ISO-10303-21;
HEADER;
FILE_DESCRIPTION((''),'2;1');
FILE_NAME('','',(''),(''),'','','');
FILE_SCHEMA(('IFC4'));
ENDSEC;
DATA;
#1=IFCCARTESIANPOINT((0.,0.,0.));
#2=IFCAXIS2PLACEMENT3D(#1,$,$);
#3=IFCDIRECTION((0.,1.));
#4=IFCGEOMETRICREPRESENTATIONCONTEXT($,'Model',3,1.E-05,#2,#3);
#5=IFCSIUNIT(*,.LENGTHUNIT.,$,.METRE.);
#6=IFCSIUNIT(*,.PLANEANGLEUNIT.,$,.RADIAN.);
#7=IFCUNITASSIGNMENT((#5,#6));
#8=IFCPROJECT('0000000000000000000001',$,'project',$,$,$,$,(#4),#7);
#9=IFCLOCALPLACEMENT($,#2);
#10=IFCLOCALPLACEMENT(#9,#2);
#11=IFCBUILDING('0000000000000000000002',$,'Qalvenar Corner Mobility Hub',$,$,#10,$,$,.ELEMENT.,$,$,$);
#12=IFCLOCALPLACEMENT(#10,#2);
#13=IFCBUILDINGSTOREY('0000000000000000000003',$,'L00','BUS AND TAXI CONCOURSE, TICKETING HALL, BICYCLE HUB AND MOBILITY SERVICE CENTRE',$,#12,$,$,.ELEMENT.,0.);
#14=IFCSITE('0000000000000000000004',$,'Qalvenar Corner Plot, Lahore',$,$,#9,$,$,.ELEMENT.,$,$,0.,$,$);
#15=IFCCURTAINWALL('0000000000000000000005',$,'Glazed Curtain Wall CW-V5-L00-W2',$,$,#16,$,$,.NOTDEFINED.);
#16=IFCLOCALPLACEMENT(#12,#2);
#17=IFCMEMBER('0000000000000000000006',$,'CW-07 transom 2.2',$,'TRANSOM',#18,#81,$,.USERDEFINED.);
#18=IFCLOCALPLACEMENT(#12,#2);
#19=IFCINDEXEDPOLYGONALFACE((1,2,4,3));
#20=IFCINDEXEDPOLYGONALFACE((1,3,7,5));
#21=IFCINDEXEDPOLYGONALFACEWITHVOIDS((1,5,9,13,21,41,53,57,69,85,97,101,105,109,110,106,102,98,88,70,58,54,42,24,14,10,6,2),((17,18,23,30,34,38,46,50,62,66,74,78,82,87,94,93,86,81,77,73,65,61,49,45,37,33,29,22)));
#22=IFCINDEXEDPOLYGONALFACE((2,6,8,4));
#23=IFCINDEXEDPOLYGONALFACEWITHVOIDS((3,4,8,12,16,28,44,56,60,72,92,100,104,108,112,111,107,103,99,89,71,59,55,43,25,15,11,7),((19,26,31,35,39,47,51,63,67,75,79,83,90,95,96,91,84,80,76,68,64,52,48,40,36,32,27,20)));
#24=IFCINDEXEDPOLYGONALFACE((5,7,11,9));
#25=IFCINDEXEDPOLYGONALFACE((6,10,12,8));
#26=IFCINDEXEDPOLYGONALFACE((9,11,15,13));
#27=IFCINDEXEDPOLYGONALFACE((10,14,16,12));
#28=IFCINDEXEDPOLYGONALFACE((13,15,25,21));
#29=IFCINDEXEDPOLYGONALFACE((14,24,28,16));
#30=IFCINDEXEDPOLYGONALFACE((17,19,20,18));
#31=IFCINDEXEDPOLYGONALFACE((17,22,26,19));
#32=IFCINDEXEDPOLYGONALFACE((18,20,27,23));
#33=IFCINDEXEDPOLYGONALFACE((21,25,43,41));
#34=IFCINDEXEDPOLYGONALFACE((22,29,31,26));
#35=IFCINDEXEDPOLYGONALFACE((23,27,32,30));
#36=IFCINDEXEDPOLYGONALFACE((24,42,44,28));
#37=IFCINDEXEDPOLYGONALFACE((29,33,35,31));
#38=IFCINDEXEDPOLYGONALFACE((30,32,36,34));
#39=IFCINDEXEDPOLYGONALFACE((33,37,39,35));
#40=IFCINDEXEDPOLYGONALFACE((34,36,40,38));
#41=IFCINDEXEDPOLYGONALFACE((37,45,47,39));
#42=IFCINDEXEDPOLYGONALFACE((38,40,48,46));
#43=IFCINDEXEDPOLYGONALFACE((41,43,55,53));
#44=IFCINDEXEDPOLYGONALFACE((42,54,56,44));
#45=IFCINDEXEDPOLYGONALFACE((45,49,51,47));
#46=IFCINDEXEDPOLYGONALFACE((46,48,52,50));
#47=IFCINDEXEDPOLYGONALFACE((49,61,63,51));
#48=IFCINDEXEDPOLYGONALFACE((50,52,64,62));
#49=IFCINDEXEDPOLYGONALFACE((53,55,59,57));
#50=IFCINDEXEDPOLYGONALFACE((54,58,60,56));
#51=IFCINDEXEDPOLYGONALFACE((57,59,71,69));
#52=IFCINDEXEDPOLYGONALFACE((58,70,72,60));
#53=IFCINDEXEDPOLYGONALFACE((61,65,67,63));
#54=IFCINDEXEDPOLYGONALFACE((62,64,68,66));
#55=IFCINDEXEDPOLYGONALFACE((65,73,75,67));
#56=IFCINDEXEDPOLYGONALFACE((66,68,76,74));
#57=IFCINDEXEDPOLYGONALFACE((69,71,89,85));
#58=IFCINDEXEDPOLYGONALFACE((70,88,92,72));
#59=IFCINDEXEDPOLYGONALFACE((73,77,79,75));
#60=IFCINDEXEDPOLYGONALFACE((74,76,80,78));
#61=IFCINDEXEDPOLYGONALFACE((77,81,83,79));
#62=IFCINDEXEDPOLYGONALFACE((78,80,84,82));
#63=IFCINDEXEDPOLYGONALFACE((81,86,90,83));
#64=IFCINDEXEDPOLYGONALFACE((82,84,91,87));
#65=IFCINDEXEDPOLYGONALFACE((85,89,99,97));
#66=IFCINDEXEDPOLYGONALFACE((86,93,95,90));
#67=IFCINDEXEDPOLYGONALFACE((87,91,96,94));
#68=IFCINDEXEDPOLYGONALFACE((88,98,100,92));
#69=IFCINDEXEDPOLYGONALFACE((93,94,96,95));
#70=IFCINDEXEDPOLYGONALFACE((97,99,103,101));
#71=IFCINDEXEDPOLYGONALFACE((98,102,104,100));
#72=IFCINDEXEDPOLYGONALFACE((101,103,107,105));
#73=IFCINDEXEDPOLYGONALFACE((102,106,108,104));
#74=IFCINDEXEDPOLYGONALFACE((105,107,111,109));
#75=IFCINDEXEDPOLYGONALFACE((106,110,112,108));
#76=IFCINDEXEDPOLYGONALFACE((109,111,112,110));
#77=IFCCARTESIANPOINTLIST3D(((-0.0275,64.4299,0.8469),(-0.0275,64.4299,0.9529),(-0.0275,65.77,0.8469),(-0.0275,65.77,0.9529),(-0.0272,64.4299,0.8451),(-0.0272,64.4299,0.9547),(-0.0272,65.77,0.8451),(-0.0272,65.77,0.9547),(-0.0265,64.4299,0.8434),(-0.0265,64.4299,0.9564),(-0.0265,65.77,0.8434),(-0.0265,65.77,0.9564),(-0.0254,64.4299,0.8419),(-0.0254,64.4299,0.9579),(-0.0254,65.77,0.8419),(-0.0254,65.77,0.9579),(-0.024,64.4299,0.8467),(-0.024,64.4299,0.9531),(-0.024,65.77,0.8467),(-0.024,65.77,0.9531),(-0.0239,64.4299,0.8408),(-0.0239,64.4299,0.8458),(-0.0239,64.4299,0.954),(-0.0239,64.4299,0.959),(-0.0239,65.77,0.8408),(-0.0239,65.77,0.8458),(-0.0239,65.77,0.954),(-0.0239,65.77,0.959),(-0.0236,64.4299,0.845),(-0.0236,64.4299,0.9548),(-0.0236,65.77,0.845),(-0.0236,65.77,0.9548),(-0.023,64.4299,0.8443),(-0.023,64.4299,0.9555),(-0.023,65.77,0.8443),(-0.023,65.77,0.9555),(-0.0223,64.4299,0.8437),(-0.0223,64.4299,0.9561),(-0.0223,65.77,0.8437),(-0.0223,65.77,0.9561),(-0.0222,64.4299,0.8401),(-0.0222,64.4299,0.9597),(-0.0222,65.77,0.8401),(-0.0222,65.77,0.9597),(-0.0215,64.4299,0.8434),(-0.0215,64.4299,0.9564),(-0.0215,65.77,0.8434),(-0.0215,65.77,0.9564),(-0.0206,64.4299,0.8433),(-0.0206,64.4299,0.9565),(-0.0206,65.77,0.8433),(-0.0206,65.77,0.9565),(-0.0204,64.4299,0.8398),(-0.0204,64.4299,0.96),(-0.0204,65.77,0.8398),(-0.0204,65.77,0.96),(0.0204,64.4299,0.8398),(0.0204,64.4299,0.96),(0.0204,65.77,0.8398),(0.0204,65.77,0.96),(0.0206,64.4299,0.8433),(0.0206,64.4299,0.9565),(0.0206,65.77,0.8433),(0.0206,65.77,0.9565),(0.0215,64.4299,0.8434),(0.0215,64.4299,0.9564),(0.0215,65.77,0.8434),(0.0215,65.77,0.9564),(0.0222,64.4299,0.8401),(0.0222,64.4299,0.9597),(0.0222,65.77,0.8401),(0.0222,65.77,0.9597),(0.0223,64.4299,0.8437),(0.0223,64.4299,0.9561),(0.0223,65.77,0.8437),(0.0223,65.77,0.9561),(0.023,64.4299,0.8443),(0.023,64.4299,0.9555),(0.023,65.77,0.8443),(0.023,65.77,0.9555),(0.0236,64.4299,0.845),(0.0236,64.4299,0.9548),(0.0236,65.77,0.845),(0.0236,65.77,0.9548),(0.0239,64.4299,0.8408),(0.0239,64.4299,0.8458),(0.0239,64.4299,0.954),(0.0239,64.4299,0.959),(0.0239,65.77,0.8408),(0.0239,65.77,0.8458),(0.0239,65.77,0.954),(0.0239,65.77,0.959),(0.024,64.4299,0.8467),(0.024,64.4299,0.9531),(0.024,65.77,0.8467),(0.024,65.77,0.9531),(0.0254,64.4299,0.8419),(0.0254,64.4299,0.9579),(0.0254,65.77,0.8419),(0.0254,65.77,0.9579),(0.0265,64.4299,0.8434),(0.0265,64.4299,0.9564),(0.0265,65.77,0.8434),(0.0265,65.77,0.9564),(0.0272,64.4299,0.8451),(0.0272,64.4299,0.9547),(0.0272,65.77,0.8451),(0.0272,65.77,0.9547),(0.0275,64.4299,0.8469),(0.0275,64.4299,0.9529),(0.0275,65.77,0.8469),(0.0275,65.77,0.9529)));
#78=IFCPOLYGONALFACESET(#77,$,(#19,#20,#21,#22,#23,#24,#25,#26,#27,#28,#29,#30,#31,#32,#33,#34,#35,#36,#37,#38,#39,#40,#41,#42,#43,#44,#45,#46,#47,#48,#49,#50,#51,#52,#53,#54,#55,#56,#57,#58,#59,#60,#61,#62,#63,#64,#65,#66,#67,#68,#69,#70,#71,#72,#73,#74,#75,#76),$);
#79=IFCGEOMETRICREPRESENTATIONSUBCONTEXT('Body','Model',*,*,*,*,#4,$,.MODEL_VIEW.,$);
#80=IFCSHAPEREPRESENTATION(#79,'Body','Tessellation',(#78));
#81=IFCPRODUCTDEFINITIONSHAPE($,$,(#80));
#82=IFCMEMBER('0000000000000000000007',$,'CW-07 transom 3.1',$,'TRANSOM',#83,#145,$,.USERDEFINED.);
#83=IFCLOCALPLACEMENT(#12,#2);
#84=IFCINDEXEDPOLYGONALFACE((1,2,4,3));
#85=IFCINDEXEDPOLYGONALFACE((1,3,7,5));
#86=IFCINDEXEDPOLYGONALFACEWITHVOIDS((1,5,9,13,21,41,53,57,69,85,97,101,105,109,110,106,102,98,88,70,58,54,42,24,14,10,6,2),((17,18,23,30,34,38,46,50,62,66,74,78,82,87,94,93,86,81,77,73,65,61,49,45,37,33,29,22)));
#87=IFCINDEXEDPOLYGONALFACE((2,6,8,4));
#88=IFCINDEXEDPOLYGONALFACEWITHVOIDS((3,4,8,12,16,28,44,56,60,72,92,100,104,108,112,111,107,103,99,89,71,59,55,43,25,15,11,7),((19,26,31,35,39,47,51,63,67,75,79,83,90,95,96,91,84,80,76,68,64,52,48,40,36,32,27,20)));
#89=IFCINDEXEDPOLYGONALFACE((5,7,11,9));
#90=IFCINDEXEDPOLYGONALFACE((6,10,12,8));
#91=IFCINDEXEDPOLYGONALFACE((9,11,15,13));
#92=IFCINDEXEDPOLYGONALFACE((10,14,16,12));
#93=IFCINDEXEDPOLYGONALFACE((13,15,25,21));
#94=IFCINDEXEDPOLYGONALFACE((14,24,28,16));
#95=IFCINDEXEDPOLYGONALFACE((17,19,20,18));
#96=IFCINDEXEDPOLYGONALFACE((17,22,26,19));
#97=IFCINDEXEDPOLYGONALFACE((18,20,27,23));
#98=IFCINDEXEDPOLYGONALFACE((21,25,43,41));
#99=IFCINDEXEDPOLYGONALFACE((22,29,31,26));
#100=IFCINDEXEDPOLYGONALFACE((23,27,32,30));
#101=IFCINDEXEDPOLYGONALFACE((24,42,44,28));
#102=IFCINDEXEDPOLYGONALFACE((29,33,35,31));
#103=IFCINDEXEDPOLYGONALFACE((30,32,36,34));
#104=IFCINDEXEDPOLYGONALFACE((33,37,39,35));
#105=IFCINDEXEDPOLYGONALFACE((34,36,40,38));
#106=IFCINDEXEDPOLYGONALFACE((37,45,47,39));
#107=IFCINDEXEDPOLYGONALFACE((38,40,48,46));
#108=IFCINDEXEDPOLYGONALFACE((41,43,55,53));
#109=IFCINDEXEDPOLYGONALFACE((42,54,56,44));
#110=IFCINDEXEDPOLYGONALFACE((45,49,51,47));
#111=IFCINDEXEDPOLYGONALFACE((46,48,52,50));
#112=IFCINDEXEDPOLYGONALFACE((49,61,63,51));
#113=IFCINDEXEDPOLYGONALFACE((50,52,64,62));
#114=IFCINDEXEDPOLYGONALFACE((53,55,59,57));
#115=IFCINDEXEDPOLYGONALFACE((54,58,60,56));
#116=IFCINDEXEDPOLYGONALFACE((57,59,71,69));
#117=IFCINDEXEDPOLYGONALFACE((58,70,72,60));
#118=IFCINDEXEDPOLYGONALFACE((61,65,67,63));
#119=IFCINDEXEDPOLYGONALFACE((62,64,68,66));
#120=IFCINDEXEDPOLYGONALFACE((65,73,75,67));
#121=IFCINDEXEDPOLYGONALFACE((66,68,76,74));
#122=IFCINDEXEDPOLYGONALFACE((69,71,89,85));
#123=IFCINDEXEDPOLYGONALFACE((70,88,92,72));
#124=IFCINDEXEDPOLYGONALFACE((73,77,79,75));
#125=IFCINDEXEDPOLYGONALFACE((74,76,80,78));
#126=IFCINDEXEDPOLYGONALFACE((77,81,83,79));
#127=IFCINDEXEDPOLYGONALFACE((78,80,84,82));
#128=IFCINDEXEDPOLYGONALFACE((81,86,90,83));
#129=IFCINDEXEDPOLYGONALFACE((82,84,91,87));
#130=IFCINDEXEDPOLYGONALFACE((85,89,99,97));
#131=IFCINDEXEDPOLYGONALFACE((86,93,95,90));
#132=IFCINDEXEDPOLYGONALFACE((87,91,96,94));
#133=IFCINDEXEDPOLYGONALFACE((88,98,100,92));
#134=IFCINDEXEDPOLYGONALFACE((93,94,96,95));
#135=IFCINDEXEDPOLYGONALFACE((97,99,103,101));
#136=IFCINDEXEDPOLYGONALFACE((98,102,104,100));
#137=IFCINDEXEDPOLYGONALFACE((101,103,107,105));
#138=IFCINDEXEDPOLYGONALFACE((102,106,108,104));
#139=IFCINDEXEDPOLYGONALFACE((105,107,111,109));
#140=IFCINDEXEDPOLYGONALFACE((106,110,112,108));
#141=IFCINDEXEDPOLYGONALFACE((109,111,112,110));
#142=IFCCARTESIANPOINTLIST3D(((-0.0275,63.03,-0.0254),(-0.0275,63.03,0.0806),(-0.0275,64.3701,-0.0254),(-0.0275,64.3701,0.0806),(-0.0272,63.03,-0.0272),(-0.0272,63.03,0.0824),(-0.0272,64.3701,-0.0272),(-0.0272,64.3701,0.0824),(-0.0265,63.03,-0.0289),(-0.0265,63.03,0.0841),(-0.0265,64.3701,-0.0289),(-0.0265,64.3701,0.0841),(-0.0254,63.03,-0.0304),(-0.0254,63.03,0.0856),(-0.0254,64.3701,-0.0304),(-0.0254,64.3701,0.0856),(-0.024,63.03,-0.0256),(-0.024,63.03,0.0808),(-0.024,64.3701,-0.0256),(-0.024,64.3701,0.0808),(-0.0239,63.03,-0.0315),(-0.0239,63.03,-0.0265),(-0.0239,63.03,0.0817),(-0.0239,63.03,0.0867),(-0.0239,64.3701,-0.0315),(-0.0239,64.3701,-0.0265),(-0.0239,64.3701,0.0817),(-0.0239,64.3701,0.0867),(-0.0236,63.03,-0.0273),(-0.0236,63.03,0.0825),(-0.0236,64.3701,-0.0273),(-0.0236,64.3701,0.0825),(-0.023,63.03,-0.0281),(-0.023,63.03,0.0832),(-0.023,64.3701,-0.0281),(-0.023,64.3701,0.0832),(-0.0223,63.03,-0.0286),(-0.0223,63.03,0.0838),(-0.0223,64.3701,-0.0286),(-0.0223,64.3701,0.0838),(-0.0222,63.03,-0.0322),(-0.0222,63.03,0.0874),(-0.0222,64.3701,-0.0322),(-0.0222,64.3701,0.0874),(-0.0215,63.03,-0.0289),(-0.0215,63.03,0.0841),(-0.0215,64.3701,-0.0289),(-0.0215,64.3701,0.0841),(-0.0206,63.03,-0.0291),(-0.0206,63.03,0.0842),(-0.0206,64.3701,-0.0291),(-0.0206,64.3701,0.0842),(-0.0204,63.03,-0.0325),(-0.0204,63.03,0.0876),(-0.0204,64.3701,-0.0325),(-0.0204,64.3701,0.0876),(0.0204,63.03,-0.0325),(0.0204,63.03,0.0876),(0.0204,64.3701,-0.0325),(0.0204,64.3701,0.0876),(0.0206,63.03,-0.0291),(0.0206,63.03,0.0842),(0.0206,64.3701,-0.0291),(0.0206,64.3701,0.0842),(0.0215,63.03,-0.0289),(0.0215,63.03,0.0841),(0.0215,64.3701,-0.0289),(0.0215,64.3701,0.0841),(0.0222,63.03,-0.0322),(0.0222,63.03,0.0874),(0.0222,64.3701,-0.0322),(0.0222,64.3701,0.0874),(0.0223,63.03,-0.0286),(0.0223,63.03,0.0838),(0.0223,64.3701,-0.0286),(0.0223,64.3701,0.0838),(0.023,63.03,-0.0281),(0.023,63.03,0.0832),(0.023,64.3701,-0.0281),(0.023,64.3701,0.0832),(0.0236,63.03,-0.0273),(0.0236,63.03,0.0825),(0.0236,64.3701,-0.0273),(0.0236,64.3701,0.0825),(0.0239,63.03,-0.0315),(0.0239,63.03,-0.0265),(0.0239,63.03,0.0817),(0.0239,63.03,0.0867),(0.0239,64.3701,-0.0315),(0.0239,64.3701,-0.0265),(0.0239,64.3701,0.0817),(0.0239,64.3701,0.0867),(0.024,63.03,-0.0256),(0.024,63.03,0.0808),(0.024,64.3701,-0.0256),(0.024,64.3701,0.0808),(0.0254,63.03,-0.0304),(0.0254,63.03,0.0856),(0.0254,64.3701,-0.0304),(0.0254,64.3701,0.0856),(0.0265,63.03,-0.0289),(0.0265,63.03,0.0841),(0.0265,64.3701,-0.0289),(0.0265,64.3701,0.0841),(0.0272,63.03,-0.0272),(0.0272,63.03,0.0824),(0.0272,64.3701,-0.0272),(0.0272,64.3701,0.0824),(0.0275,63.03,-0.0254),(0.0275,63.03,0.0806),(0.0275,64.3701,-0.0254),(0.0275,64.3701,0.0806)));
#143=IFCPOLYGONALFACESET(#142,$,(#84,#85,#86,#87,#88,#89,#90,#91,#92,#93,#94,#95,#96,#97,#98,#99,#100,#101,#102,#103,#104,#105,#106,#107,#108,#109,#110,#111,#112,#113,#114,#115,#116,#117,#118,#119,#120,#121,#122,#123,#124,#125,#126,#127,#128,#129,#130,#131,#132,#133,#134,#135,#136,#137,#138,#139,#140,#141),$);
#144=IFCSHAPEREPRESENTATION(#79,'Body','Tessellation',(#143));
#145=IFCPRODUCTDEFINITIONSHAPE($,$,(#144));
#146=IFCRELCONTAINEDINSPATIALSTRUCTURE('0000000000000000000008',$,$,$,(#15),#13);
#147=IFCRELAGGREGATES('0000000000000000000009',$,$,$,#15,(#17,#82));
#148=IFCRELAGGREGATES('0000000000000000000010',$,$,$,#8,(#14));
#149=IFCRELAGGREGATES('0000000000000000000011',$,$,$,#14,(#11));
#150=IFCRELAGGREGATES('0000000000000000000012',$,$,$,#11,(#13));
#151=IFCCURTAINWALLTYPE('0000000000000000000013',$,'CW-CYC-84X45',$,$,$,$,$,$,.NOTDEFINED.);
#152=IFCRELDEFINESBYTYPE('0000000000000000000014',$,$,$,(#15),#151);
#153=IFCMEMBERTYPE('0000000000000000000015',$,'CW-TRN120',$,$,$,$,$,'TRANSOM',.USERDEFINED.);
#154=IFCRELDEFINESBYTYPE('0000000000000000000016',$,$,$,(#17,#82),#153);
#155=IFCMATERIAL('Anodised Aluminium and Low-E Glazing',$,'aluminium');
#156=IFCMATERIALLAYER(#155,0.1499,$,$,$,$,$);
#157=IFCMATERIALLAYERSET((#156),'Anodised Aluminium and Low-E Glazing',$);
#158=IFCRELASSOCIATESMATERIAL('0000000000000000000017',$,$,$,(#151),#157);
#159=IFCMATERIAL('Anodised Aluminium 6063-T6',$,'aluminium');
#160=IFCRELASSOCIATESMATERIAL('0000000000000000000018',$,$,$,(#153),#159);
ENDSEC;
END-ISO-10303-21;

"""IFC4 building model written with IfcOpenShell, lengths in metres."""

from ifc_helpers import new_model, si_unit, direction, frame, origin, origin_2d, place, context, subcontext, project, spatial, hollow_rectangle, extrude, material, layer, layer_set, material_profile, profile_set, type_object, element, aggregate, save


model = new_model("IFC4")

# Units and contexts
model_context = context("Model", 3, precision=1e-05, world=origin(), true_north=direction((0.0, 1.0)))
body_context = subcontext(model_context, "Body", "Model", "MODEL_VIEW")
ifc_project = project(units=[si_unit("LENGTHUNIT", "METRE"), si_unit("PLANEANGLEUNIT", "RADIAN")], contexts=[model_context])

# Site, building, storey
site_placement = place(None, origin())
site = spatial("IfcSite", under=ifc_project, at=site_placement, Name="Qalvenar Corner Plot, Lahore", CompositionType="ELEMENT", RefElevation=0.0)
building_placement = place(site_placement, origin())
building = spatial("IfcBuilding", under=site, at=building_placement, Name="Qalvenar Corner Mobility Hub", CompositionType="ELEMENT")
storey_placement = place(building_placement, origin())
storey = spatial("IfcBuildingStorey", under=building, at=storey_placement, Name="L00", Description="BUS AND TAXI CONCOURSE, TICKETING HALL, BICYCLE HUB AND MOBILITY SERVICE CENTRE", CompositionType="ELEMENT", Elevation=0.0)

# Curtain wall, members
ifc_material_1 = material(Name="Anodised Aluminium and Low-E Glazing", Category="aluminium")
ifc_layer_1 = layer(ifc_material_1, 0.1499)
ifc_layer_set_1 = layer_set([ifc_layer_1], Name="Anodised Aluminium and Low-E Glazing")
curtain_wall_type = type_object("IfcCurtainWallType", Name="CW-CYC-84X45", PredefinedType="NOTDEFINED", material=ifc_layer_set_1)
curtain_wall_placement = place(storey_placement, origin())
curtain_wall = element("IfcCurtainWall", 1, at=curtain_wall_placement, inside=storey, type_object=curtain_wall_type, Name="Glazed Curtain Wall CW-V5-L00-W2", PredefinedType="NOTDEFINED")
ifc_material_2 = material(Name="Anodised Aluminium 6063-T6", Category="aluminium")
ifc_material_profile_1 = material_profile(ifc_material_2, hollow_rectangle(XDim=0.0549, YDim=0.1201, WallThickness=0.0034, InnerFilletRadius=0.0034, OuterFilletRadius=0.0071, at=origin_2d()), Name="RHS120x55x3.5")
ifc_profile_set_1 = profile_set([ifc_material_profile_1], Name="Anodised Aluminium 6063-T6")
member_type_1 = type_object("IfcMemberType", Name="CW-TRN120", ElementType="TRANSOM", PredefinedType="USERDEFINED", material=ifc_profile_set_1)
member_1_placement = place(storey_placement, frame((0.0, 65.77, 0.8999), z_axis=(0.0, -1.0, 0.0), x_axis=(1.0, 0.0, 0.0)))
member_1 = element("IfcMember", 2, at=member_1_placement, type_object=member_type_1, Name="CW-07 transom 2.2", ObjectType="TRANSOM", PredefinedType="USERDEFINED", context=body_context, shape_type="SweptSolid", body=[
    extrude(hollow_rectangle(XDim=0.0549, YDim=0.1201, WallThickness=0.0034, InnerFilletRadius=0.0034, OuterFilletRadius=0.0071, at=origin_2d()), origin(), (0.0, 0.0, 1.0), 1.3401),
])
member_2_placement = place(storey_placement, frame((0.0, 64.3701, 0.0276), z_axis=(0.0, -1.0, 0.0), x_axis=(1.0, 0.0, 0.0)))
member_2 = element("IfcMember", 3, at=member_2_placement, type_object=member_type_1, Name="CW-07 transom 3.1", ObjectType="TRANSOM", PredefinedType="USERDEFINED", context=body_context, shape_type="SweptSolid", body=[
    extrude(hollow_rectangle(XDim=0.0549, YDim=0.1201, WallThickness=0.0034, InnerFilletRadius=0.0034, OuterFilletRadius=0.0071, at=origin_2d()), origin(), (0.0, 0.0, 1.0), 1.3401),
])
aggregate(curtain_wall, [member_1, member_2])

save(model, "model.ifc")
